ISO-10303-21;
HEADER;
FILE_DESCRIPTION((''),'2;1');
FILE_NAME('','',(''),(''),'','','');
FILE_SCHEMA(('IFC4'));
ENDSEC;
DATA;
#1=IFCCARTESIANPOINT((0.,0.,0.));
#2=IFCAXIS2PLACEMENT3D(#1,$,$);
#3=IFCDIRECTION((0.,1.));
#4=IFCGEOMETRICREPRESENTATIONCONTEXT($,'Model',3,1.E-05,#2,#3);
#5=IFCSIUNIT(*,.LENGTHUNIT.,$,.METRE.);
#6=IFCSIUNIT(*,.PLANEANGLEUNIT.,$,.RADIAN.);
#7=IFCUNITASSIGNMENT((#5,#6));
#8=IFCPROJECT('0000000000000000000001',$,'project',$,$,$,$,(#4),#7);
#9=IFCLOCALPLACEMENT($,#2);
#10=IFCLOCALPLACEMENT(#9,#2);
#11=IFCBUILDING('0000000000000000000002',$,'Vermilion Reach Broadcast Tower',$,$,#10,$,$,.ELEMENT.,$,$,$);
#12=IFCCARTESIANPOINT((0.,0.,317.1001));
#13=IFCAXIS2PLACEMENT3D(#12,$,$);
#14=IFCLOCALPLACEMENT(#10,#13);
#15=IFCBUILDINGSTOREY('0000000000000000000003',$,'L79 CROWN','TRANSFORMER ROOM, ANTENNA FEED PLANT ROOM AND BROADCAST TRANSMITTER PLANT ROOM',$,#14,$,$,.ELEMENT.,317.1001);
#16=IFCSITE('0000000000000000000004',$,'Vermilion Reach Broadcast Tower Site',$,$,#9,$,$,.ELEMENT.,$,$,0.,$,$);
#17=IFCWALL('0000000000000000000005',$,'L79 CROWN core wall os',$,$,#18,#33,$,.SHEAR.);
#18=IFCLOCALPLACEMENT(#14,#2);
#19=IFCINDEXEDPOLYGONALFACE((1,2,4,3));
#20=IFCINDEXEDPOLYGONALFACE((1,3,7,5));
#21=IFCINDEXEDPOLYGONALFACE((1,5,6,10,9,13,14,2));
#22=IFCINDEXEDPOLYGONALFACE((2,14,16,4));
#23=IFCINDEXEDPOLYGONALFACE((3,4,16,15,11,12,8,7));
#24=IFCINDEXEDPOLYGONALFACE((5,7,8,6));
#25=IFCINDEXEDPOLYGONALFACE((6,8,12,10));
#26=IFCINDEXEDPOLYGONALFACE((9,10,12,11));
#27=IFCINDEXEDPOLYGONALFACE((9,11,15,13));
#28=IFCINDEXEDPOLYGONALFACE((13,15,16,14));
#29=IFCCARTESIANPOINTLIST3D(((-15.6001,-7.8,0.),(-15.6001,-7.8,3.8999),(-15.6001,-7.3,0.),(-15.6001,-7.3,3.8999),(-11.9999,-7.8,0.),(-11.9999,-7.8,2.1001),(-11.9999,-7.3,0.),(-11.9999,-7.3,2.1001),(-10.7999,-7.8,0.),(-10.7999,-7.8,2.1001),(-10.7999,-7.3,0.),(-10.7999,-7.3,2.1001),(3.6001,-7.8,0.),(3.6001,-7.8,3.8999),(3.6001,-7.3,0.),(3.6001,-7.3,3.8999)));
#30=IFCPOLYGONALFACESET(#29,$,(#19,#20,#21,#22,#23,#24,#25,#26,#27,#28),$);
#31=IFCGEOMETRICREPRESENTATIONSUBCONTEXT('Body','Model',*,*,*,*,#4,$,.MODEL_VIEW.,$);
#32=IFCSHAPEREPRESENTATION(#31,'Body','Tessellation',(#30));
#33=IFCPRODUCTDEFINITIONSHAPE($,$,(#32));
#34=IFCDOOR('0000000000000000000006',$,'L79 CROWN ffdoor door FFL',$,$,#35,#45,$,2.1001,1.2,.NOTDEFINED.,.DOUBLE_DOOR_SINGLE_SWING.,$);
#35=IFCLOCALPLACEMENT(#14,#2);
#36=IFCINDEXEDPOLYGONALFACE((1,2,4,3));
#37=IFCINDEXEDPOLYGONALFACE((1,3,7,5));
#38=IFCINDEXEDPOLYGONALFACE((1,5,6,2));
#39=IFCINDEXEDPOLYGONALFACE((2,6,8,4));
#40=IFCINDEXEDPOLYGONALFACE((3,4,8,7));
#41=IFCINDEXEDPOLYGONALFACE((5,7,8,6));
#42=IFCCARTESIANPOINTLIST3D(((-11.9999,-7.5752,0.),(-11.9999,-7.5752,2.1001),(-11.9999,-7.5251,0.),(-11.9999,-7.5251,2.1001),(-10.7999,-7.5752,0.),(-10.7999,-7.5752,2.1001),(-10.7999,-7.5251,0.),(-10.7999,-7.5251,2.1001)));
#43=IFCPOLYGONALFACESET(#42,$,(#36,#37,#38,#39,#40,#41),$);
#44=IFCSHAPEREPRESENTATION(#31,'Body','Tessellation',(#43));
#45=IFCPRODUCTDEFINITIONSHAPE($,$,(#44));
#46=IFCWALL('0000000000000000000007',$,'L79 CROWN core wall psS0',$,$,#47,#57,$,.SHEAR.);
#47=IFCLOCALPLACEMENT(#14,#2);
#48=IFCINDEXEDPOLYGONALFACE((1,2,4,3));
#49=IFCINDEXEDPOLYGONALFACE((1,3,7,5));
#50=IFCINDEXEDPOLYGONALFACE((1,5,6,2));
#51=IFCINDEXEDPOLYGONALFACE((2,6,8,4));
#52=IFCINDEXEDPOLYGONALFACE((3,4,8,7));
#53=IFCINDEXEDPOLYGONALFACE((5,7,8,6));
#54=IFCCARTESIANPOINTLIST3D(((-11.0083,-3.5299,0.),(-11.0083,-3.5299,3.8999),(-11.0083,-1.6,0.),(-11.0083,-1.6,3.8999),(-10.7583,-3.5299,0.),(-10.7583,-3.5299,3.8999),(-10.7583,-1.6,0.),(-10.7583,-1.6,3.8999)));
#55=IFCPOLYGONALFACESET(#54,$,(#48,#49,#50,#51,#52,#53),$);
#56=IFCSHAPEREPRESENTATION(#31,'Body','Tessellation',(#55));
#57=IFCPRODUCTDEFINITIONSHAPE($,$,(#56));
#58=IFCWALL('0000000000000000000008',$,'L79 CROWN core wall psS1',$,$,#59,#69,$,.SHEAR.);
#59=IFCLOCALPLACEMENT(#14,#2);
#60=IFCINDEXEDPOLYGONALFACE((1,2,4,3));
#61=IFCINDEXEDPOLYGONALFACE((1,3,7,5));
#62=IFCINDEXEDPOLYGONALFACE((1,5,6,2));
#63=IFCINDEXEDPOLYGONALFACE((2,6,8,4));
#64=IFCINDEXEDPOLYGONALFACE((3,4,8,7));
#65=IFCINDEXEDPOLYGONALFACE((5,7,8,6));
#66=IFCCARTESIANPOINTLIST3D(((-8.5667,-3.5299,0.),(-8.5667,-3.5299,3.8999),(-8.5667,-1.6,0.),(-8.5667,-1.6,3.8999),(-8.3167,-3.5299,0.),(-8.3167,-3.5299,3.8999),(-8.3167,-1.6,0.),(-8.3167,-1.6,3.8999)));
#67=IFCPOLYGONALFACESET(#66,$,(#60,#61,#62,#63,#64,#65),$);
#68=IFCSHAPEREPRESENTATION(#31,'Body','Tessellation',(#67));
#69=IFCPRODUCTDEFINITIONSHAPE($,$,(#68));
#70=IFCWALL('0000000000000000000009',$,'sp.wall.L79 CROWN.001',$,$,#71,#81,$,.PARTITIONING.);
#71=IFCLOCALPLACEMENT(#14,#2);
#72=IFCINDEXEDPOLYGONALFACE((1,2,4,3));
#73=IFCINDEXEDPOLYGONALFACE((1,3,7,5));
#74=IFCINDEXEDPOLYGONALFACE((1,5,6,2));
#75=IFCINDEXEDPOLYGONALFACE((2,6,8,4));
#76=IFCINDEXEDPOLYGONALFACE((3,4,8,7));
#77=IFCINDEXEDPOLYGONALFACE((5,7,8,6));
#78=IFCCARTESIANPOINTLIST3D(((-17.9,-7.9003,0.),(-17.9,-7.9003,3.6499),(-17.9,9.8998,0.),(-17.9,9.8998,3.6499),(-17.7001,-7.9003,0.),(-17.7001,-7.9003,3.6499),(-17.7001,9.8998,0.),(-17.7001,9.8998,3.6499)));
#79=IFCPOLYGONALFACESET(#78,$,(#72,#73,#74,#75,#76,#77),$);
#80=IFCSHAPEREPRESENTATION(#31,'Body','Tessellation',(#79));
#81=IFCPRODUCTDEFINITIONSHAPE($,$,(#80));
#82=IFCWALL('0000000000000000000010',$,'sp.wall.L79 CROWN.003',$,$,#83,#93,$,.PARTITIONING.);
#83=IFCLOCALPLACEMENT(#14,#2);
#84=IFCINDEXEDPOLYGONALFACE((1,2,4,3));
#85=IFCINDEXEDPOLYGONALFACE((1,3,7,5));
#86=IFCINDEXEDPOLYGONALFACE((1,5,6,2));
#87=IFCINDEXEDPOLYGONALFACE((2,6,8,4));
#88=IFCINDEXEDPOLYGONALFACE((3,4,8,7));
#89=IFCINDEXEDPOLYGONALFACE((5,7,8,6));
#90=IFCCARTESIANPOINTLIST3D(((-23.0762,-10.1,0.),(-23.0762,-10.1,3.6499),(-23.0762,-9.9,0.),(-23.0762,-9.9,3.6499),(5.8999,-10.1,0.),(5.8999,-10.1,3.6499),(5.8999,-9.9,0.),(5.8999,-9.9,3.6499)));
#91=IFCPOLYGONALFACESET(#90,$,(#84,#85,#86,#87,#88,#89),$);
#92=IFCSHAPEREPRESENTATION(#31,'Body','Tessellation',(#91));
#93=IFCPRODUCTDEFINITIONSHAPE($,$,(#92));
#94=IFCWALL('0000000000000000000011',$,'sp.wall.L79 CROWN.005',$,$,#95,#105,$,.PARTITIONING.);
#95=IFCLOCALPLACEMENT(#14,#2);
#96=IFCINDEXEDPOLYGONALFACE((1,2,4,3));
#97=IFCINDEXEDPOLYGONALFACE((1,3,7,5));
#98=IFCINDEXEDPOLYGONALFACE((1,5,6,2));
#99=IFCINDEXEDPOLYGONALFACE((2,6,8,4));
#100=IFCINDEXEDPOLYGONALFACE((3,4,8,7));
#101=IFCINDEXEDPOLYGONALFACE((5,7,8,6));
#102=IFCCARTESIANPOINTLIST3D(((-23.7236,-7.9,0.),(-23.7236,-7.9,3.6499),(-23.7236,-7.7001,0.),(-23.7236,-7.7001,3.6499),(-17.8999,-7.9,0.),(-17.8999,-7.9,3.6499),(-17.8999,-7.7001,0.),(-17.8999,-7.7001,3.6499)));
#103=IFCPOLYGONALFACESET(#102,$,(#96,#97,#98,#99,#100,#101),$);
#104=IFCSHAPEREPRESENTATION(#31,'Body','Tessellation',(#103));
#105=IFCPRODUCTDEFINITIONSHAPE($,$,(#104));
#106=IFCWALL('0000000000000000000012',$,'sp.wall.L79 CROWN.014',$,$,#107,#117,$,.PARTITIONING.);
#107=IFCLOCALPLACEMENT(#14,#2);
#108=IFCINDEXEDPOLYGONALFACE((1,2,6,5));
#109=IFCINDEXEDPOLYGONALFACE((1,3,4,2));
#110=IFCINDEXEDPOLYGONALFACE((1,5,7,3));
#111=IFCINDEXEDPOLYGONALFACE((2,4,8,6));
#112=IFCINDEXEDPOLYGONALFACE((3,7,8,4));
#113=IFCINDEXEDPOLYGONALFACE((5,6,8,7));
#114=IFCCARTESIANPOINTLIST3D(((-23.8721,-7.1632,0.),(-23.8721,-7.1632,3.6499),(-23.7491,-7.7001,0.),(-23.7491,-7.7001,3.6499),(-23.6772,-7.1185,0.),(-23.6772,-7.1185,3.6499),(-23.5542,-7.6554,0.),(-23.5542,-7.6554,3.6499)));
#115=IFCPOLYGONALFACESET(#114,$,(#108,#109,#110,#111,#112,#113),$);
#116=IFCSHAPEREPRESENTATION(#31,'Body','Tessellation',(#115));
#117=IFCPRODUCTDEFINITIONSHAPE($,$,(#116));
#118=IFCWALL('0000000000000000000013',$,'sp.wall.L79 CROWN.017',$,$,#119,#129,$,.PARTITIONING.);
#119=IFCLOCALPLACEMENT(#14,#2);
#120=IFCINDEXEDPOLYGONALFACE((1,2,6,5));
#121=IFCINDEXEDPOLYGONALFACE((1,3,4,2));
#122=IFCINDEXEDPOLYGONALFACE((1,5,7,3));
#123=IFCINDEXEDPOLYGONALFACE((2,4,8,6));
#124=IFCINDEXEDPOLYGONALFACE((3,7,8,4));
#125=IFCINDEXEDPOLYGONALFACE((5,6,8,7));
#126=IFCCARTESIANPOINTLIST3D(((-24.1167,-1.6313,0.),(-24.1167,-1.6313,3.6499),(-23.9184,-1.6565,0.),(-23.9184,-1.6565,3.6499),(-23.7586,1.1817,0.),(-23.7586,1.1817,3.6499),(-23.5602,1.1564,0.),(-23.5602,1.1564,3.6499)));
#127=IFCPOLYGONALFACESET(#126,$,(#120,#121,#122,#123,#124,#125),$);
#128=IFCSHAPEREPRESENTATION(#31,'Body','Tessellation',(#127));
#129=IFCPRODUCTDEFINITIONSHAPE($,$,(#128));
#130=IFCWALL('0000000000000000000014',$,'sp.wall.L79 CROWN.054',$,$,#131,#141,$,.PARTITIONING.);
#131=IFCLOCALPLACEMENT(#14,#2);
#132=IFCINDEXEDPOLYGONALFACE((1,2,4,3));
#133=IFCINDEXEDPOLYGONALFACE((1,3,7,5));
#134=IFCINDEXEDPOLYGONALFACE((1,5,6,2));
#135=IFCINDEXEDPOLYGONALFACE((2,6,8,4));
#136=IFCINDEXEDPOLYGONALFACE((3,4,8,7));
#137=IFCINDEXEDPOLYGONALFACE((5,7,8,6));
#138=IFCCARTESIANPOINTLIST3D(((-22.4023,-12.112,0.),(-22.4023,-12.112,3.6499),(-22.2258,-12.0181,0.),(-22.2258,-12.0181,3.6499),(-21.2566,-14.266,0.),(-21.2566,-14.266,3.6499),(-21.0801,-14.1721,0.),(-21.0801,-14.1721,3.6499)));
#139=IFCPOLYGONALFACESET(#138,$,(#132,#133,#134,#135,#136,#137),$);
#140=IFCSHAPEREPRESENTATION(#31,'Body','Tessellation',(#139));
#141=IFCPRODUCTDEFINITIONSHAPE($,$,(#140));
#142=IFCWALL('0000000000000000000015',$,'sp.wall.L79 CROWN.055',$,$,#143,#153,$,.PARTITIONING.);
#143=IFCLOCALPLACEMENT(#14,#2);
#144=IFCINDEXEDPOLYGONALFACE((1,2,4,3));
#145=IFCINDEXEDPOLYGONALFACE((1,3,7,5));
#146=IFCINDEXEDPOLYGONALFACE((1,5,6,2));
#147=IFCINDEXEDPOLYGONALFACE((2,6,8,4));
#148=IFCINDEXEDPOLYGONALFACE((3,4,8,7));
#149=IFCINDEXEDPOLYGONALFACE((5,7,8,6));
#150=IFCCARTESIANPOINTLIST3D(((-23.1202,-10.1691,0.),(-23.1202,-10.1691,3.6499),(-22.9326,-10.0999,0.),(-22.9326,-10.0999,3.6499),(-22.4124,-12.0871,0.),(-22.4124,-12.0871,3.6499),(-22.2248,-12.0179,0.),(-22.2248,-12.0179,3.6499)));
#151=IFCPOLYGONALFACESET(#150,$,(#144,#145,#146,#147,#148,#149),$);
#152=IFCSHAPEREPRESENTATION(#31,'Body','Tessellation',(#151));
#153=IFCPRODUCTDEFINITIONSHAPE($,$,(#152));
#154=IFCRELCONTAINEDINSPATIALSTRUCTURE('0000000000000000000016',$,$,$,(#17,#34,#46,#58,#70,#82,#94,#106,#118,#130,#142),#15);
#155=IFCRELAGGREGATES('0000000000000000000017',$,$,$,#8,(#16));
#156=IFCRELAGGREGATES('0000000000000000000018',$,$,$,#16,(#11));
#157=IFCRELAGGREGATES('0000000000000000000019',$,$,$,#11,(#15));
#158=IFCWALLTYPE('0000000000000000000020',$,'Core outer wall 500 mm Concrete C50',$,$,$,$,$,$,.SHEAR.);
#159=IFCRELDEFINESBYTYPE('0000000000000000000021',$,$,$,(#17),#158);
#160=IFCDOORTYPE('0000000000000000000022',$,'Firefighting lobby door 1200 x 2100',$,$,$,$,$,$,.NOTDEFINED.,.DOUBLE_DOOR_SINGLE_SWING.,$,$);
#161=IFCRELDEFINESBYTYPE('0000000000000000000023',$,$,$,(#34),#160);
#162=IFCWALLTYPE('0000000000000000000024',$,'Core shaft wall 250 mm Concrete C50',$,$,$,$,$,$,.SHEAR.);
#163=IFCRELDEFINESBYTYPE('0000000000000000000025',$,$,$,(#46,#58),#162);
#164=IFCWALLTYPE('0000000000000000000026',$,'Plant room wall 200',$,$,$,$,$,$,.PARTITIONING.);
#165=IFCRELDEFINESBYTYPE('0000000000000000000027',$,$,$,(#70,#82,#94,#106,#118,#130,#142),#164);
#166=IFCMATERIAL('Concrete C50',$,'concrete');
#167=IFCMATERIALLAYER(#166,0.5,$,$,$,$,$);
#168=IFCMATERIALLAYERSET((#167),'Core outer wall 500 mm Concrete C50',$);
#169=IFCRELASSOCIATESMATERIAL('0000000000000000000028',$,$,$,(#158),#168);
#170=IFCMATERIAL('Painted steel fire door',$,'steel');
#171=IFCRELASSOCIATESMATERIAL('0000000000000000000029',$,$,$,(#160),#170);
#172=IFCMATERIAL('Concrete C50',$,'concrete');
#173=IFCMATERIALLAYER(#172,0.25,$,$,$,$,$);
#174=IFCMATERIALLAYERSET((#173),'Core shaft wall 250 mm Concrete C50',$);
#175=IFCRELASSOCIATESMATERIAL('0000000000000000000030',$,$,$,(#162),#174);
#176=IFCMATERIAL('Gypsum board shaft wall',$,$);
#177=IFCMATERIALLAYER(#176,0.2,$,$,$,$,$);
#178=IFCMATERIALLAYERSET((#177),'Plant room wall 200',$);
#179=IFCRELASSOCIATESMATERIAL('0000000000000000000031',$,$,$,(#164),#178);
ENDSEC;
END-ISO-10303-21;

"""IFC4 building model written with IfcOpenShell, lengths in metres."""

from ifc_helpers import new_model, si_unit, direction, frame, frame_2d, origin, place, context, subcontext, project, spatial, rectangle, extrude, material, layer, layer_set, type_object, element, fill, save


model = new_model("IFC4")

# Units and contexts
model_context = context("Model", 3, precision=1e-05, world=origin(), true_north=direction((0.0, 1.0)))
body_context = subcontext(model_context, "Body", "Model", "MODEL_VIEW")
ifc_project = project(units=[si_unit("LENGTHUNIT", "METRE"), si_unit("PLANEANGLEUNIT", "RADIAN")], contexts=[model_context])

# Site, building, storey
site_placement = place(None, origin())
site = spatial("IfcSite", under=ifc_project, at=site_placement, Name="Vermilion Reach Broadcast Tower Site", CompositionType="ELEMENT", RefElevation=0.0)
building_placement = place(site_placement, origin())
building = spatial("IfcBuilding", under=site, at=building_placement, Name="Vermilion Reach Broadcast Tower", CompositionType="ELEMENT")
storey_placement = place(building_placement, frame((0.0, 0.0, 317.1001)))
storey = spatial("IfcBuildingStorey", under=building, at=storey_placement, Name="L79 CROWN", Description="TRANSFORMER ROOM, ANTENNA FEED PLANT ROOM AND BROADCAST TRANSMITTER PLANT ROOM", CompositionType="ELEMENT", Elevation=317.1001)

# Wall, opening, door
ifc_material_1 = material(Name="Concrete C50", Category="concrete")
ifc_layer_1 = layer(ifc_material_1, 0.5)
ifc_layer_set_1 = layer_set([ifc_layer_1], Name="Core outer wall 500 mm Concrete C50")
wall_type_1 = type_object("IfcWallType", Name="Core outer wall 500 mm Concrete C50", PredefinedType="SHEAR", material=ifc_layer_set_1)
wall_1_placement = place(storey_placement, frame((-15.6001, -7.55, 0.0), z_axis=(0.0, 0.0, 1.0), x_axis=(1.0, 0.0, 0.0)))
wall_1 = element("IfcWall", 1, at=wall_1_placement, inside=storey, type_object=wall_type_1, Name="L79 CROWN core wall os", PredefinedType="SHEAR", context=body_context, shape_type="SweptSolid", body=[
    extrude(rectangle(XDim=19.2002, YDim=0.5, at=frame_2d((9.6001, 0.0))), origin(), (0.0, 0.0, 1.0), 3.8999),
])
opening_1_placement = place(wall_1_placement, frame((3.6001, 0.0, 0.0)))
opening_1 = element("IfcOpeningElement", 2, at=opening_1_placement, cuts=wall_1, PredefinedType="OPENING", context=body_context, shape_type="SweptSolid", body=[
    extrude(rectangle(XDim=1.2, YDim=2.1001, at=frame_2d((0.6001, 1.05))), frame((0.0, 0.26, 0.0), z_axis=(0.0, -1.0, 0.0), x_axis=(1.0, 0.0, 0.0)), (0.0, 0.0, 1.0), 0.52),
])
ifc_material_2 = material(Name="Painted steel fire door", Category="steel")
door_type_1 = type_object("IfcDoorType", Name="Firefighting lobby door 1200 x 2100", OperationType="DOUBLE_DOOR_SINGLE_SWING", PredefinedType="NOTDEFINED", material=ifc_material_2)
door_1_placement = place(opening_1_placement, origin())
door_1 = element("IfcDoor", 3, at=door_1_placement, inside=storey, type_object=door_type_1, Name="L79 CROWN ffdoor door FFL", OperationType="DOUBLE_DOOR_SINGLE_SWING", OverallHeight=2.1001, OverallWidth=1.2, PredefinedType="NOTDEFINED", context=body_context, shape_type="SweptSolid", body=[
    extrude(rectangle(XDim=1.2, YDim=2.1001, at=frame_2d((0.6001, 1.05))), frame((0.0, 0.0249, 0.0), z_axis=(0.0, -1.0, 0.0), x_axis=(1.0, 0.0, 0.0)), (0.0, 0.0, 1.0), 0.05),
])
fill(opening_1, door_1)

# Walls
ifc_material_3 = material(Name="Concrete C50", Category="concrete")
ifc_layer_2 = layer(ifc_material_3, 0.25)
ifc_layer_set_2 = layer_set([ifc_layer_2], Name="Core shaft wall 250 mm Concrete C50")
wall_type_2 = type_object("IfcWallType", Name="Core shaft wall 250 mm Concrete C50", PredefinedType="SHEAR", material=ifc_layer_set_2)
for number, where, z_axis, x_axis, name in (
    (4, (-10.8833, -1.6001, 0.0), (0.0, 0.0, 1.0), (0.0, -1.0, 0.0), "L79 CROWN core wall psS0"),
    (5, (-8.4417, -1.6001, 0.0), (0.0, 0.0, 1.0), (0.0, -1.0, 0.0), "L79 CROWN core wall psS1"),
):
    element("IfcWall", number, at=place(storey_placement, frame(where, z_axis=z_axis, x_axis=x_axis)), inside=storey, type_object=wall_type_2, Name=name, PredefinedType="SHEAR", context=body_context, shape_type="SweptSolid", body=[
        extrude(rectangle(XDim=1.9299, YDim=0.25, at=frame_2d((0.9648, 0.0))), origin(), (0.0, 0.0, 1.0), 3.8999),
    ])
ifc_material_4 = material(Name="Gypsum board shaft wall")
ifc_layer_3 = layer(ifc_material_4, 0.2)
ifc_layer_set_3 = layer_set([ifc_layer_3], Name="Plant room wall 200")
wall_type_3 = type_object("IfcWallType", Name="Plant room wall 200", PredefinedType="PARTITIONING", material=ifc_layer_set_3)
wall_2_placement = place(storey_placement, frame((-17.8, -7.9001, 0.0), z_axis=(0.0, 0.0, 1.0), x_axis=(0.0, 1.0, 0.0)))
element("IfcWall", 6, at=wall_2_placement, inside=storey, type_object=wall_type_3, Name="sp.wall.L79 CROWN.001", PredefinedType="PARTITIONING", context=body_context, shape_type="SweptSolid", body=[
    extrude(rectangle(XDim=17.8, YDim=0.2, at=frame_2d((8.8999, 0.0))), origin(), (0.0, 0.0, 1.0), 3.6499),
])
wall_3_placement = place(storey_placement, frame((-23.0762, -10.0, 0.0), z_axis=(0.0, 0.0, 1.0), x_axis=(1.0, 0.0, 0.0)))
element("IfcWall", 7, at=wall_3_placement, inside=storey, type_object=wall_type_3, Name="sp.wall.L79 CROWN.003", PredefinedType="PARTITIONING", context=body_context, shape_type="SweptSolid", body=[
    extrude(rectangle(XDim=28.9761, YDim=0.2, at=frame_2d((14.488, 0.0))), origin(), (0.0, 0.0, 1.0), 3.6499),
])
wall_4_placement = place(storey_placement, frame((-23.7236, -7.8, 0.0), z_axis=(0.0, 0.0, 1.0), x_axis=(1.0, 0.0, 0.0)))
element("IfcWall", 8, at=wall_4_placement, inside=storey, type_object=wall_type_3, Name="sp.wall.L79 CROWN.005", PredefinedType="PARTITIONING", context=body_context, shape_type="SweptSolid", body=[
    extrude(rectangle(XDim=5.8237, YDim=0.2, at=frame_2d((2.9119, 0.0))), origin(), (0.0, 0.0, 1.0), 3.6499),
])
wall_5_placement = place(storey_placement, frame((-23.7747, -7.1409, 0.0), z_axis=(0.0, 0.0, 1.0), x_axis=(0.223402, -0.974726, 0.0)))
element("IfcWall", 9, at=wall_5_placement, inside=storey, type_object=wall_type_3, Name="sp.wall.L79 CROWN.014", PredefinedType="PARTITIONING", context=body_context, shape_type="SweptSolid", body=[
    extrude(rectangle(XDim=0.5508, YDim=0.2, at=frame_2d((0.2754, 0.0))), origin(), (0.0, 0.0, 1.0), 3.6499),
])

# Walls
wall_6_placement = place(storey_placement, frame((-24.0176, -1.644, 0.0), z_axis=(0.0, 0.0, 1.0), x_axis=(0.126302, 0.991992, 0.0)))
element("IfcWall", 10, at=wall_6_placement, inside=storey, type_object=wall_type_3, Name="sp.wall.L79 CROWN.017", PredefinedType="PARTITIONING", context=body_context, shape_type="SweptSolid", body=[
    extrude(rectangle(XDim=2.8357, YDim=0.2, at=frame_2d((1.418, 0.0))), origin(), (0.0, 0.0, 1.0), 3.6499),
])
wall_7_placement = place(storey_placement, frame((-22.314, -12.0652, 0.0), z_axis=(0.0, 0.0, 1.0), x_axis=(0.469606, -0.882876, 0.0)))
element("IfcWall", 11, at=wall_7_placement, inside=storey, type_object=wall_type_3, Name="sp.wall.L79 CROWN.054", PredefinedType="PARTITIONING", context=body_context, shape_type="SweptSolid", body=[
    extrude(rectangle(XDim=2.4397, YDim=0.2, at=frame_2d((1.2197, 0.0))), origin(), (0.0, 0.0, 1.0), 3.6499),
])
wall_8_placement = place(storey_placement, frame((-23.0264, -10.1345, 0.0), z_axis=(0.0, 0.0, 1.0), x_axis=(0.346198, -0.938162, 0.0)))
element("IfcWall", 12, at=wall_8_placement, inside=storey, type_object=wall_type_3, Name="sp.wall.L79 CROWN.055", PredefinedType="PARTITIONING", context=body_context, shape_type="SweptSolid", body=[
    extrude(rectangle(XDim=2.0444, YDim=0.2, at=frame_2d((1.0222, 0.0))), origin(), (0.0, 0.0, 1.0), 3.6499),
])

save(model, "model.ifc")
